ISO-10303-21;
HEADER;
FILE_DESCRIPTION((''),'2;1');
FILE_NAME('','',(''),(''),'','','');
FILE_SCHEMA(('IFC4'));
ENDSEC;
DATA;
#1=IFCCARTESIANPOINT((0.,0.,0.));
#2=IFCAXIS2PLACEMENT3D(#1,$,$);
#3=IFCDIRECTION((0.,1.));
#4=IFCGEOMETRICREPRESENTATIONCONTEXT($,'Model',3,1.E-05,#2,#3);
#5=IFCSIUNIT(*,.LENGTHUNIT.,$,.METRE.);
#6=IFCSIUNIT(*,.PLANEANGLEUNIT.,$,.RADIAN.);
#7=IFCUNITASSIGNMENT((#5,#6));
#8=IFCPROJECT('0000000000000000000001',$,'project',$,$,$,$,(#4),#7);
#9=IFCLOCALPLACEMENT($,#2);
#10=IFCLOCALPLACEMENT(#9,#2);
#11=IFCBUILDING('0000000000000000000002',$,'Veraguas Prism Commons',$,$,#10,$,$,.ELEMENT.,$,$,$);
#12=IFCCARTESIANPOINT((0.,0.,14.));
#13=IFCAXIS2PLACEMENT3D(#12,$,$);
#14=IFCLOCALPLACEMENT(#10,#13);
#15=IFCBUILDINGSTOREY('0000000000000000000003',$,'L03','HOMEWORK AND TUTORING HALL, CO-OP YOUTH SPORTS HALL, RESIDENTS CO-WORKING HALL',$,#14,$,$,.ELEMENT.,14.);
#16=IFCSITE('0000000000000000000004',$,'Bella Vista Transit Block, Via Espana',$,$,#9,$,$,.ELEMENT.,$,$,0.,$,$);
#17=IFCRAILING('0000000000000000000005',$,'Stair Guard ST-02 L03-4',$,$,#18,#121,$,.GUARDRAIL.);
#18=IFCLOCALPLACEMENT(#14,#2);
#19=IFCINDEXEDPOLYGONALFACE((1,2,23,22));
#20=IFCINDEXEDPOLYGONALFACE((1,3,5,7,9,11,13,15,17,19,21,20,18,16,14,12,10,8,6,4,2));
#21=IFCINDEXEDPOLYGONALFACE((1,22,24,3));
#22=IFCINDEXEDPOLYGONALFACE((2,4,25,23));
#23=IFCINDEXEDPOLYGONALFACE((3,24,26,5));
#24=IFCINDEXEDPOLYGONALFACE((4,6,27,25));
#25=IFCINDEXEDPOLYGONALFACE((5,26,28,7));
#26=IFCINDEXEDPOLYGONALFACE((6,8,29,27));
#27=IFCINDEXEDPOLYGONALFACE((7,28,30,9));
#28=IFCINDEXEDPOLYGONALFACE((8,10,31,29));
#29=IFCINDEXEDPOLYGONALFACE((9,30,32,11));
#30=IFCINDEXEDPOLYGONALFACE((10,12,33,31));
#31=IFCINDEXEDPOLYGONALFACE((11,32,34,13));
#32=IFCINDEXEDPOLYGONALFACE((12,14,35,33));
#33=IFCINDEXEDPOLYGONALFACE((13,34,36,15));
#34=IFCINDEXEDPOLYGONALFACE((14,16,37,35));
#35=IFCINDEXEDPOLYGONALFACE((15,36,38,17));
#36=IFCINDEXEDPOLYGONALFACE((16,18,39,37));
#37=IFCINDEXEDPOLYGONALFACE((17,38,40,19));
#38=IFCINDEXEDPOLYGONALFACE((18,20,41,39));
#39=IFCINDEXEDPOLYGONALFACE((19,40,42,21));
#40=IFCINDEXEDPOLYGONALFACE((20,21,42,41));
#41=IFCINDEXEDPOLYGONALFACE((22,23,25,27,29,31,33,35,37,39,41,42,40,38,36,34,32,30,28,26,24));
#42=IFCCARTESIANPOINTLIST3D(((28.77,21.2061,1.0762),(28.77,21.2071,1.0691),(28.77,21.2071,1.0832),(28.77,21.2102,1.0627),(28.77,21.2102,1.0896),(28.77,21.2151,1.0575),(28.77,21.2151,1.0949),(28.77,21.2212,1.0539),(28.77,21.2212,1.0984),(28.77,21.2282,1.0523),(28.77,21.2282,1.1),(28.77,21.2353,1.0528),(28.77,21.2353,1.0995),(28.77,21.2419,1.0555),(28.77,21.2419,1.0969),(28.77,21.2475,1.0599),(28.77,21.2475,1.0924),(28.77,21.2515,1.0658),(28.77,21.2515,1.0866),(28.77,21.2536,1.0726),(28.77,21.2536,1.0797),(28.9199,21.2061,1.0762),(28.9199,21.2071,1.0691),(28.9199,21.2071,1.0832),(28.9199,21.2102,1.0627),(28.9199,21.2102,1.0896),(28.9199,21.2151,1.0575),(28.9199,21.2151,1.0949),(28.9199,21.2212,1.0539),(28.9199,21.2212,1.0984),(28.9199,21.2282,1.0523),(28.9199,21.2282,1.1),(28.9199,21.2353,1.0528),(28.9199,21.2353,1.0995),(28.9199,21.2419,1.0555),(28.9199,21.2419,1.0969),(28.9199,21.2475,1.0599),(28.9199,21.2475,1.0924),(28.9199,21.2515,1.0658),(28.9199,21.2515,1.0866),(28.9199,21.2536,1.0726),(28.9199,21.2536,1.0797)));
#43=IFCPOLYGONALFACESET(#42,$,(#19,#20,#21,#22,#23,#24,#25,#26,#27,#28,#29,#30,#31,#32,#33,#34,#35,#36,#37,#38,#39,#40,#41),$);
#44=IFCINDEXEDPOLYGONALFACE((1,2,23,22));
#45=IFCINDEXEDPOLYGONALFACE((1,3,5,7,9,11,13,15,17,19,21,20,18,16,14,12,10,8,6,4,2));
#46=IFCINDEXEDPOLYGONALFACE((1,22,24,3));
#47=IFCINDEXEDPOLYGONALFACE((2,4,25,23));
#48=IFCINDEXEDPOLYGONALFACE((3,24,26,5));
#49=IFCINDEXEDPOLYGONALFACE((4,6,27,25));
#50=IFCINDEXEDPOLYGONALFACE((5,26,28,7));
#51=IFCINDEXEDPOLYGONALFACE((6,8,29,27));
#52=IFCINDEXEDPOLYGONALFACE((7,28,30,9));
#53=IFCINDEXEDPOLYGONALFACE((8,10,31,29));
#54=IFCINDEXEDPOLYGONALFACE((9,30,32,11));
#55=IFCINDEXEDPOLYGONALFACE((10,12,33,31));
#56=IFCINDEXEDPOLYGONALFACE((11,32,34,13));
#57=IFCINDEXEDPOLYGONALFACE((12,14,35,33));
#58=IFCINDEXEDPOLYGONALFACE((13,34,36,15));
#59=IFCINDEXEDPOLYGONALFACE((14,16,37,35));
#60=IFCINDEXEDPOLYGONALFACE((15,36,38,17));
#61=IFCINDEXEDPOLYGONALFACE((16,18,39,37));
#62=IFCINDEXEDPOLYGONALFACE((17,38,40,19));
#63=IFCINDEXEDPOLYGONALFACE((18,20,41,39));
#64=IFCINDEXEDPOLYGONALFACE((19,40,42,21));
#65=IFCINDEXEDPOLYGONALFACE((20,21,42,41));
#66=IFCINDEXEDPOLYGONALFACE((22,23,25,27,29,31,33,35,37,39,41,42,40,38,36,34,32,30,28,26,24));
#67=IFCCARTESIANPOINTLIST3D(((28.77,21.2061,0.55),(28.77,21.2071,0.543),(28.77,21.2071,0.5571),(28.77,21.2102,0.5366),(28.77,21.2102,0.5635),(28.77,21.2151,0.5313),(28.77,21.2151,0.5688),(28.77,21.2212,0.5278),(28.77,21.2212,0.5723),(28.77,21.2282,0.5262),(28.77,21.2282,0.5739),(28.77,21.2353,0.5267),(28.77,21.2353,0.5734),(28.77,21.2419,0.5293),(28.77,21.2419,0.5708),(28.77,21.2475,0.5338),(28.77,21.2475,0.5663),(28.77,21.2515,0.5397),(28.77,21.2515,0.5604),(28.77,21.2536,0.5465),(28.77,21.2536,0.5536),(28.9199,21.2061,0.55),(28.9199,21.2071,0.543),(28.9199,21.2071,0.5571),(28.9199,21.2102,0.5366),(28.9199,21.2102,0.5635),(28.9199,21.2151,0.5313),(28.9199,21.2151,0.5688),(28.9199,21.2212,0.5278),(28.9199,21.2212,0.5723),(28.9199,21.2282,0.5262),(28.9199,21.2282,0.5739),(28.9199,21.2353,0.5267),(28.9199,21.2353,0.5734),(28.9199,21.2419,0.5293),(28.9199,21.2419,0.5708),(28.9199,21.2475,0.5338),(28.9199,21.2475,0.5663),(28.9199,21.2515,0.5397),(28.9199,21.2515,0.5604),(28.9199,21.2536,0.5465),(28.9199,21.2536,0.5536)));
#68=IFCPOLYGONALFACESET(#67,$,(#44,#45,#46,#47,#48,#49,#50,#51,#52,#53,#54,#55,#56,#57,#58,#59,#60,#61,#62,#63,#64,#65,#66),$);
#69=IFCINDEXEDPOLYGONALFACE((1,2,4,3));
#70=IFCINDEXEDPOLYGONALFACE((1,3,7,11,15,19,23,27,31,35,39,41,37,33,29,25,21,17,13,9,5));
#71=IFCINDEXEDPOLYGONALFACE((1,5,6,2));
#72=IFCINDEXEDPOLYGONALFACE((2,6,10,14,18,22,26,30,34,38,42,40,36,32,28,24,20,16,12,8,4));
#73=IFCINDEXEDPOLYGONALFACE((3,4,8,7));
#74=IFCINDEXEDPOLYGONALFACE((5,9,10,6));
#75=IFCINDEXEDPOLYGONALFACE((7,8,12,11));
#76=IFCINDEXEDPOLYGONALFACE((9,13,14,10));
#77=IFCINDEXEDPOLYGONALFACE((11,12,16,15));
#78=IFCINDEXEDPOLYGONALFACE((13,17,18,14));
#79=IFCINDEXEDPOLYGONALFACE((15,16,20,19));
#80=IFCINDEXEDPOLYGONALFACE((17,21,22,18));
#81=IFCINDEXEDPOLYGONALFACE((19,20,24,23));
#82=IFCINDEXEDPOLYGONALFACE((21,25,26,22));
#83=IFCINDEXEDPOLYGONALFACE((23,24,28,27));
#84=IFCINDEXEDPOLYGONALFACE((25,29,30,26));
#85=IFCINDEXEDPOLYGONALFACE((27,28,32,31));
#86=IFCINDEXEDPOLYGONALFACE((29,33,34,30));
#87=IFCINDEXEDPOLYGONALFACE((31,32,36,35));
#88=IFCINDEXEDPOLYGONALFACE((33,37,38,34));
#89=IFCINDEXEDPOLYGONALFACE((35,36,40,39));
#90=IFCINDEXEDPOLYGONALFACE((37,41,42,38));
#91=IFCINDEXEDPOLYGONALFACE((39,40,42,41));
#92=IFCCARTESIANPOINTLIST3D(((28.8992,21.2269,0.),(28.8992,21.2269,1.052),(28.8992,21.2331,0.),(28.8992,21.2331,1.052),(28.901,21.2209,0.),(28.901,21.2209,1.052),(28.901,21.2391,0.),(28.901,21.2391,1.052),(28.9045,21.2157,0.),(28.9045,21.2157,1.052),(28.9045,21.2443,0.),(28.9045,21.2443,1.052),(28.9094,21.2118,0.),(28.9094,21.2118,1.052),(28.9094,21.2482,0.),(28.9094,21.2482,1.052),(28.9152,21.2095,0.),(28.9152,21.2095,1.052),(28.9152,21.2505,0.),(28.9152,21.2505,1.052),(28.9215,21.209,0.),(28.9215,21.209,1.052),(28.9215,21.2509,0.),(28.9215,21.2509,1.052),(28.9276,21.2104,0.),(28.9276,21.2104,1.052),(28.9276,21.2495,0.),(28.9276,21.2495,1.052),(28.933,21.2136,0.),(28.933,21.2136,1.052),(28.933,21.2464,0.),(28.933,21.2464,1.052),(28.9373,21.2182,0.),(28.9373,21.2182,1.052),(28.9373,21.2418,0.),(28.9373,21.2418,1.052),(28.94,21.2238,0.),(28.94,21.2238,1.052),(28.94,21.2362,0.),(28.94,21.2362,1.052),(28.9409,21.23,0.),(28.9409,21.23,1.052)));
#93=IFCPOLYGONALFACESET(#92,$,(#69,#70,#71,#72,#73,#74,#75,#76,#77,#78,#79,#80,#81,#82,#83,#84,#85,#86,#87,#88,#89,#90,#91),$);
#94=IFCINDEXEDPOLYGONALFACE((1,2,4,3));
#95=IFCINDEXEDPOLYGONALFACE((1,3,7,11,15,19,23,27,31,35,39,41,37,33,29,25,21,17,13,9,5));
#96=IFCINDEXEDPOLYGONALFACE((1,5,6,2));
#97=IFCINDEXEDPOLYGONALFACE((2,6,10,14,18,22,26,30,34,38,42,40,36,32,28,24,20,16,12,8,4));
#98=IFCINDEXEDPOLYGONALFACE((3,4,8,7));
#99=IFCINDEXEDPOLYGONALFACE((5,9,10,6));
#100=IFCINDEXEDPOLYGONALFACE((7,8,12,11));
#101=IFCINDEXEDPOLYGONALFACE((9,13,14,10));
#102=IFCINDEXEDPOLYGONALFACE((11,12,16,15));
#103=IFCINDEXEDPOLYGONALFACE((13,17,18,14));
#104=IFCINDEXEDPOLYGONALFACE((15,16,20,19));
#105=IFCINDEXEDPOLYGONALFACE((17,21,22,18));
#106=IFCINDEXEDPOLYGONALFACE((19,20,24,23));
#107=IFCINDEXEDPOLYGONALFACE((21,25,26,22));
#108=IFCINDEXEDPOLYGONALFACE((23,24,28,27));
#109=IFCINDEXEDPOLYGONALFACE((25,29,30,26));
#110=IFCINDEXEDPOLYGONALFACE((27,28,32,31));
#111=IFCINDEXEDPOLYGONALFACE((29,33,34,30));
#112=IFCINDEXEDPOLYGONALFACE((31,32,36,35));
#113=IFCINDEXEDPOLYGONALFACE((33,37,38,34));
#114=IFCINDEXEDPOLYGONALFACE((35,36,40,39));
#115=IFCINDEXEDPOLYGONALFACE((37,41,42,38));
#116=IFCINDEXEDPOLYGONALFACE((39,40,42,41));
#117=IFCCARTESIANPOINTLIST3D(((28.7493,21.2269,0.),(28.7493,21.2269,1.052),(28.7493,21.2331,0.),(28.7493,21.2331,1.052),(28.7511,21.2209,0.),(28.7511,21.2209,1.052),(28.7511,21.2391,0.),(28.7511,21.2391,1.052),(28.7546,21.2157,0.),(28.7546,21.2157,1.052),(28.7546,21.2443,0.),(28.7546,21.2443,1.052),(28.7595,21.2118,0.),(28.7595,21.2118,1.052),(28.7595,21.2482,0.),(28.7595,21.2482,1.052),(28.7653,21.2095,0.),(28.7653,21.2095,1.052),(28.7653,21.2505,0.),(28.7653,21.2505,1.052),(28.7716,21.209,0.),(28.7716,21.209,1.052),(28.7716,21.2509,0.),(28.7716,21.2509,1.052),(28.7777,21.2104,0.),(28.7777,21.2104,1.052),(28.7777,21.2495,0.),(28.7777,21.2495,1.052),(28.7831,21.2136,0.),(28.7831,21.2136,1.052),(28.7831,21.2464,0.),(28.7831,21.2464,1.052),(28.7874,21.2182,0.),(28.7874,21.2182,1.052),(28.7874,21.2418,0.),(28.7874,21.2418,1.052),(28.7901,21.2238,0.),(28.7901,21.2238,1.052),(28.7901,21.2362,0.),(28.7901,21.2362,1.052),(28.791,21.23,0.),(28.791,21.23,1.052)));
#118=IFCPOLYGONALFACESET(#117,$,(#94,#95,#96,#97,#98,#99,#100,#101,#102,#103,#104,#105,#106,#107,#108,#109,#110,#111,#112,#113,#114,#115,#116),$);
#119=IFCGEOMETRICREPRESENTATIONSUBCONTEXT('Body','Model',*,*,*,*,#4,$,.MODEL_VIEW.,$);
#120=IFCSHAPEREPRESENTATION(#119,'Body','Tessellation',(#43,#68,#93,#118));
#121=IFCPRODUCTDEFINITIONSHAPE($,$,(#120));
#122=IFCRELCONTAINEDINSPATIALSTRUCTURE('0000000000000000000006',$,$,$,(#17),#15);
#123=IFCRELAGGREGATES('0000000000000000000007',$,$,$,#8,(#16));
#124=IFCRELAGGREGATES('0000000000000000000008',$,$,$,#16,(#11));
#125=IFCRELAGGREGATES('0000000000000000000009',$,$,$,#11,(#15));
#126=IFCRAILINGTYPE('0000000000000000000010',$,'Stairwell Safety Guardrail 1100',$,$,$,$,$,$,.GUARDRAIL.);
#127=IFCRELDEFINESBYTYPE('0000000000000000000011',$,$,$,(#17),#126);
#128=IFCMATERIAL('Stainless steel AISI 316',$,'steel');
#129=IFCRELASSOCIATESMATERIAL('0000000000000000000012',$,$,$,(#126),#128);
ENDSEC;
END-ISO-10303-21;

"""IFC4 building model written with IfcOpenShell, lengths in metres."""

from ifc_helpers import new_model, si_unit, direction, frame, origin, origin_2d, place, context, subcontext, project, spatial, circle, extrude, material, type_object, element, save


model = new_model("IFC4")

# Units and contexts
model_context = context("Model", 3, precision=1e-05, world=origin(), true_north=direction((0.0, 1.0)))
body_context = subcontext(model_context, "Body", "Model", "MODEL_VIEW")
ifc_project = project(units=[si_unit("LENGTHUNIT", "METRE"), si_unit("PLANEANGLEUNIT", "RADIAN")], contexts=[model_context])

# Site, building, storey
site_placement = place(None, origin())
site = spatial("IfcSite", under=ifc_project, at=site_placement, Name="Bella Vista Transit Block, Via Espana", CompositionType="ELEMENT", RefElevation=0.0)
building_placement = place(site_placement, origin())
building = spatial("IfcBuilding", under=site, at=building_placement, Name="Veraguas Prism Commons", CompositionType="ELEMENT")
storey_placement = place(building_placement, frame((0.0, 0.0, 14.0)))
storey = spatial("IfcBuildingStorey", under=building, at=storey_placement, Name="L03", Description="HOMEWORK AND TUTORING HALL, CO-OP YOUTH SPORTS HALL, RESIDENTS CO-WORKING HALL", CompositionType="ELEMENT", Elevation=14.0)

# Railing
ifc_material_1 = material(Name="Stainless steel AISI 316", Category="steel")
railing_type = type_object("IfcRailingType", Name="Stairwell Safety Guardrail 1100", PredefinedType="GUARDRAIL", material=ifc_material_1)
railing_1_placement = place(storey_placement, frame((28.9199, 21.23, 0.0)))
element("IfcRailing", 1, at=railing_1_placement, inside=storey, type_object=railing_type, Name="Stair Guard ST-02 L03-4", PredefinedType="GUARDRAIL", context=body_context, shape_type="SweptSolid", body=[
    extrude(circle(Radius=0.0239, at=origin_2d()), frame((0.0, 0.0, 1.0762), z_axis=(-1.0, 0.0, 0.0), x_axis=(0.0, -1.0, 0.0)), (0.0, 0.0, 1.0), 0.1499),
    extrude(circle(Radius=0.0239, at=origin_2d()), frame((0.0, 0.0, 0.55), z_axis=(-1.0, 0.0, 0.0), x_axis=(0.0, -1.0, 0.0)), (0.0, 0.0, 1.0), 0.1499),
    extrude(circle(Radius=0.021, at=origin_2d()), origin(), (0.0, 0.0, 1.0), 1.052),
    extrude(circle(Radius=0.021, at=origin_2d()), frame((-0.1499, 0.0, 0.0)), (0.0, 0.0, 1.0), 1.052),
])

save(model, "model.ifc")
